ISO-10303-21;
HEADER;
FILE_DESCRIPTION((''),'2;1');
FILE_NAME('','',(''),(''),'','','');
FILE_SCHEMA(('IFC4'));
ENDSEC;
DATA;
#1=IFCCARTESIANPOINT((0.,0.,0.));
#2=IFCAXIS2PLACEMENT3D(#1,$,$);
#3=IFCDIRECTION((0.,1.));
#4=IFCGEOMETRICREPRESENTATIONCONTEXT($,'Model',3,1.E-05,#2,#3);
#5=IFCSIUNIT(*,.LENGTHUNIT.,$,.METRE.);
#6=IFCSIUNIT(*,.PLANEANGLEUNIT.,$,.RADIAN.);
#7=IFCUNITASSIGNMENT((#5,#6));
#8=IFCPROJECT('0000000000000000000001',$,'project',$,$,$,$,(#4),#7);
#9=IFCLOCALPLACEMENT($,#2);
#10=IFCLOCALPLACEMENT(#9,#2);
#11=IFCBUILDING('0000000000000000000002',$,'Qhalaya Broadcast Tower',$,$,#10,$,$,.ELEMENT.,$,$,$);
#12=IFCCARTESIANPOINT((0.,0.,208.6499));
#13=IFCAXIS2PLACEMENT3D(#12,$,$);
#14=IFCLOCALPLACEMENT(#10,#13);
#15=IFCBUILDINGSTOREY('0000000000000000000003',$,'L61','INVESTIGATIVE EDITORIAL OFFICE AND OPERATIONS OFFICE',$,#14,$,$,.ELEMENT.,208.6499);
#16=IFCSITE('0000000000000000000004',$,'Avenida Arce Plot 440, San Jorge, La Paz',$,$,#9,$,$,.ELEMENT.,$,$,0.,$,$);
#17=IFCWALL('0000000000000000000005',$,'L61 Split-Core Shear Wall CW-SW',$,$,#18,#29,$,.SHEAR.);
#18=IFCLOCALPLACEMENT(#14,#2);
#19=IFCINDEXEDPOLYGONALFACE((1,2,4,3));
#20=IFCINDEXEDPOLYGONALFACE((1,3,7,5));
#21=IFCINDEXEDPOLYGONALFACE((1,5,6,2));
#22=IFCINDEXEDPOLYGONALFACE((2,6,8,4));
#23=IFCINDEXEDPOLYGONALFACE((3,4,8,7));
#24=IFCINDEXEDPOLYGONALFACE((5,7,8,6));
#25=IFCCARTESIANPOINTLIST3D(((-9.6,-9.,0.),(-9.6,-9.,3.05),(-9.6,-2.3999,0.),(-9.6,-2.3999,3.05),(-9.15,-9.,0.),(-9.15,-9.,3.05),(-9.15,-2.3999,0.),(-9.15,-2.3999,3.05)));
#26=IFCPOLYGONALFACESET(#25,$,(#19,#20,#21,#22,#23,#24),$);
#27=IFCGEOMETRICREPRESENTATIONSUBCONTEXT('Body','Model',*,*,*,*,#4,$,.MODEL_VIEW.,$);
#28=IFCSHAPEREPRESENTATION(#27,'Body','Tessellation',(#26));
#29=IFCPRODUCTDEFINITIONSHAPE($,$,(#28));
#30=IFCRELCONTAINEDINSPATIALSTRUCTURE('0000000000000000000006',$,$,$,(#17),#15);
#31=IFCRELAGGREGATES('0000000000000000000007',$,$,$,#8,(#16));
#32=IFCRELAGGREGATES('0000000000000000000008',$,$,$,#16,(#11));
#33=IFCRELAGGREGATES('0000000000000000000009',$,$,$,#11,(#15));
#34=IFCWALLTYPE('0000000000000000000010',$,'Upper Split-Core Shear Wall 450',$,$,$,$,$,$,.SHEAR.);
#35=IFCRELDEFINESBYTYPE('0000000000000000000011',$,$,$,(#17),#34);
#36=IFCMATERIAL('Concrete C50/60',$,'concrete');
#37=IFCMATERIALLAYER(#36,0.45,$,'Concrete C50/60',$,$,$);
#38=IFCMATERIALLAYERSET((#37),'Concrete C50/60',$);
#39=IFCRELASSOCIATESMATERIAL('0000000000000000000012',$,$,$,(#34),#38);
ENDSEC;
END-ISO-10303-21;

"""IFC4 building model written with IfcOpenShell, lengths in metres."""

from ifc_helpers import new_model, si_unit, direction, frame, frame_2d, origin, place, context, subcontext, project, spatial, rectangle, extrude, material, layer, layer_set, type_object, element, save


model = new_model("IFC4")

# Units and contexts
model_context = context("Model", 3, precision=1e-05, world=origin(), true_north=direction((0.0, 1.0)))
body_context = subcontext(model_context, "Body", "Model", "MODEL_VIEW")
ifc_project = project(units=[si_unit("LENGTHUNIT", "METRE"), si_unit("PLANEANGLEUNIT", "RADIAN")], contexts=[model_context])

# Site, building, storey
site_placement = place(None, origin())
site = spatial("IfcSite", under=ifc_project, at=site_placement, Name="Avenida Arce Plot 440, San Jorge, La Paz", CompositionType="ELEMENT", RefElevation=0.0)
building_placement = place(site_placement, origin())
building = spatial("IfcBuilding", under=site, at=building_placement, Name="Qhalaya Broadcast Tower", CompositionType="ELEMENT")
storey_placement = place(building_placement, frame((0.0, 0.0, 208.6499)))
storey = spatial("IfcBuildingStorey", under=building, at=storey_placement, Name="L61", Description="INVESTIGATIVE EDITORIAL OFFICE AND OPERATIONS OFFICE", CompositionType="ELEMENT", Elevation=208.6499)

# Shared definitions
ifc_material_1 = material(Name="Concrete C50/60", Category="concrete")

# Shared definitions
ifc_layer_1 = layer(ifc_material_1, 0.45, Name="Concrete C50/60")
ifc_layer_set_1 = layer_set([ifc_layer_1], Name="Concrete C50/60")
wall_type_1 = type_object("IfcWallType", Name="Upper Split-Core Shear Wall 450", PredefinedType="SHEAR", material=ifc_layer_set_1)

# Wall
wall_1_placement = place(storey_placement, frame((-9.375, -9.0, 0.0), z_axis=(0.0, 0.0, 1.0), x_axis=(0.0, 1.0, 0.0)))
element("IfcWall", 1, at=wall_1_placement, inside=storey, type_object=wall_type_1, Name="L61 Split-Core Shear Wall CW-SW", PredefinedType="SHEAR", context=body_context, shape_type="SweptSolid", body=[
    extrude(rectangle(XDim=6.6001, YDim=0.45, at=frame_2d((3.3, 0.0))), origin(), (0.0, 0.0, 1.0), 3.05),
])

save(model, "model.ifc")
